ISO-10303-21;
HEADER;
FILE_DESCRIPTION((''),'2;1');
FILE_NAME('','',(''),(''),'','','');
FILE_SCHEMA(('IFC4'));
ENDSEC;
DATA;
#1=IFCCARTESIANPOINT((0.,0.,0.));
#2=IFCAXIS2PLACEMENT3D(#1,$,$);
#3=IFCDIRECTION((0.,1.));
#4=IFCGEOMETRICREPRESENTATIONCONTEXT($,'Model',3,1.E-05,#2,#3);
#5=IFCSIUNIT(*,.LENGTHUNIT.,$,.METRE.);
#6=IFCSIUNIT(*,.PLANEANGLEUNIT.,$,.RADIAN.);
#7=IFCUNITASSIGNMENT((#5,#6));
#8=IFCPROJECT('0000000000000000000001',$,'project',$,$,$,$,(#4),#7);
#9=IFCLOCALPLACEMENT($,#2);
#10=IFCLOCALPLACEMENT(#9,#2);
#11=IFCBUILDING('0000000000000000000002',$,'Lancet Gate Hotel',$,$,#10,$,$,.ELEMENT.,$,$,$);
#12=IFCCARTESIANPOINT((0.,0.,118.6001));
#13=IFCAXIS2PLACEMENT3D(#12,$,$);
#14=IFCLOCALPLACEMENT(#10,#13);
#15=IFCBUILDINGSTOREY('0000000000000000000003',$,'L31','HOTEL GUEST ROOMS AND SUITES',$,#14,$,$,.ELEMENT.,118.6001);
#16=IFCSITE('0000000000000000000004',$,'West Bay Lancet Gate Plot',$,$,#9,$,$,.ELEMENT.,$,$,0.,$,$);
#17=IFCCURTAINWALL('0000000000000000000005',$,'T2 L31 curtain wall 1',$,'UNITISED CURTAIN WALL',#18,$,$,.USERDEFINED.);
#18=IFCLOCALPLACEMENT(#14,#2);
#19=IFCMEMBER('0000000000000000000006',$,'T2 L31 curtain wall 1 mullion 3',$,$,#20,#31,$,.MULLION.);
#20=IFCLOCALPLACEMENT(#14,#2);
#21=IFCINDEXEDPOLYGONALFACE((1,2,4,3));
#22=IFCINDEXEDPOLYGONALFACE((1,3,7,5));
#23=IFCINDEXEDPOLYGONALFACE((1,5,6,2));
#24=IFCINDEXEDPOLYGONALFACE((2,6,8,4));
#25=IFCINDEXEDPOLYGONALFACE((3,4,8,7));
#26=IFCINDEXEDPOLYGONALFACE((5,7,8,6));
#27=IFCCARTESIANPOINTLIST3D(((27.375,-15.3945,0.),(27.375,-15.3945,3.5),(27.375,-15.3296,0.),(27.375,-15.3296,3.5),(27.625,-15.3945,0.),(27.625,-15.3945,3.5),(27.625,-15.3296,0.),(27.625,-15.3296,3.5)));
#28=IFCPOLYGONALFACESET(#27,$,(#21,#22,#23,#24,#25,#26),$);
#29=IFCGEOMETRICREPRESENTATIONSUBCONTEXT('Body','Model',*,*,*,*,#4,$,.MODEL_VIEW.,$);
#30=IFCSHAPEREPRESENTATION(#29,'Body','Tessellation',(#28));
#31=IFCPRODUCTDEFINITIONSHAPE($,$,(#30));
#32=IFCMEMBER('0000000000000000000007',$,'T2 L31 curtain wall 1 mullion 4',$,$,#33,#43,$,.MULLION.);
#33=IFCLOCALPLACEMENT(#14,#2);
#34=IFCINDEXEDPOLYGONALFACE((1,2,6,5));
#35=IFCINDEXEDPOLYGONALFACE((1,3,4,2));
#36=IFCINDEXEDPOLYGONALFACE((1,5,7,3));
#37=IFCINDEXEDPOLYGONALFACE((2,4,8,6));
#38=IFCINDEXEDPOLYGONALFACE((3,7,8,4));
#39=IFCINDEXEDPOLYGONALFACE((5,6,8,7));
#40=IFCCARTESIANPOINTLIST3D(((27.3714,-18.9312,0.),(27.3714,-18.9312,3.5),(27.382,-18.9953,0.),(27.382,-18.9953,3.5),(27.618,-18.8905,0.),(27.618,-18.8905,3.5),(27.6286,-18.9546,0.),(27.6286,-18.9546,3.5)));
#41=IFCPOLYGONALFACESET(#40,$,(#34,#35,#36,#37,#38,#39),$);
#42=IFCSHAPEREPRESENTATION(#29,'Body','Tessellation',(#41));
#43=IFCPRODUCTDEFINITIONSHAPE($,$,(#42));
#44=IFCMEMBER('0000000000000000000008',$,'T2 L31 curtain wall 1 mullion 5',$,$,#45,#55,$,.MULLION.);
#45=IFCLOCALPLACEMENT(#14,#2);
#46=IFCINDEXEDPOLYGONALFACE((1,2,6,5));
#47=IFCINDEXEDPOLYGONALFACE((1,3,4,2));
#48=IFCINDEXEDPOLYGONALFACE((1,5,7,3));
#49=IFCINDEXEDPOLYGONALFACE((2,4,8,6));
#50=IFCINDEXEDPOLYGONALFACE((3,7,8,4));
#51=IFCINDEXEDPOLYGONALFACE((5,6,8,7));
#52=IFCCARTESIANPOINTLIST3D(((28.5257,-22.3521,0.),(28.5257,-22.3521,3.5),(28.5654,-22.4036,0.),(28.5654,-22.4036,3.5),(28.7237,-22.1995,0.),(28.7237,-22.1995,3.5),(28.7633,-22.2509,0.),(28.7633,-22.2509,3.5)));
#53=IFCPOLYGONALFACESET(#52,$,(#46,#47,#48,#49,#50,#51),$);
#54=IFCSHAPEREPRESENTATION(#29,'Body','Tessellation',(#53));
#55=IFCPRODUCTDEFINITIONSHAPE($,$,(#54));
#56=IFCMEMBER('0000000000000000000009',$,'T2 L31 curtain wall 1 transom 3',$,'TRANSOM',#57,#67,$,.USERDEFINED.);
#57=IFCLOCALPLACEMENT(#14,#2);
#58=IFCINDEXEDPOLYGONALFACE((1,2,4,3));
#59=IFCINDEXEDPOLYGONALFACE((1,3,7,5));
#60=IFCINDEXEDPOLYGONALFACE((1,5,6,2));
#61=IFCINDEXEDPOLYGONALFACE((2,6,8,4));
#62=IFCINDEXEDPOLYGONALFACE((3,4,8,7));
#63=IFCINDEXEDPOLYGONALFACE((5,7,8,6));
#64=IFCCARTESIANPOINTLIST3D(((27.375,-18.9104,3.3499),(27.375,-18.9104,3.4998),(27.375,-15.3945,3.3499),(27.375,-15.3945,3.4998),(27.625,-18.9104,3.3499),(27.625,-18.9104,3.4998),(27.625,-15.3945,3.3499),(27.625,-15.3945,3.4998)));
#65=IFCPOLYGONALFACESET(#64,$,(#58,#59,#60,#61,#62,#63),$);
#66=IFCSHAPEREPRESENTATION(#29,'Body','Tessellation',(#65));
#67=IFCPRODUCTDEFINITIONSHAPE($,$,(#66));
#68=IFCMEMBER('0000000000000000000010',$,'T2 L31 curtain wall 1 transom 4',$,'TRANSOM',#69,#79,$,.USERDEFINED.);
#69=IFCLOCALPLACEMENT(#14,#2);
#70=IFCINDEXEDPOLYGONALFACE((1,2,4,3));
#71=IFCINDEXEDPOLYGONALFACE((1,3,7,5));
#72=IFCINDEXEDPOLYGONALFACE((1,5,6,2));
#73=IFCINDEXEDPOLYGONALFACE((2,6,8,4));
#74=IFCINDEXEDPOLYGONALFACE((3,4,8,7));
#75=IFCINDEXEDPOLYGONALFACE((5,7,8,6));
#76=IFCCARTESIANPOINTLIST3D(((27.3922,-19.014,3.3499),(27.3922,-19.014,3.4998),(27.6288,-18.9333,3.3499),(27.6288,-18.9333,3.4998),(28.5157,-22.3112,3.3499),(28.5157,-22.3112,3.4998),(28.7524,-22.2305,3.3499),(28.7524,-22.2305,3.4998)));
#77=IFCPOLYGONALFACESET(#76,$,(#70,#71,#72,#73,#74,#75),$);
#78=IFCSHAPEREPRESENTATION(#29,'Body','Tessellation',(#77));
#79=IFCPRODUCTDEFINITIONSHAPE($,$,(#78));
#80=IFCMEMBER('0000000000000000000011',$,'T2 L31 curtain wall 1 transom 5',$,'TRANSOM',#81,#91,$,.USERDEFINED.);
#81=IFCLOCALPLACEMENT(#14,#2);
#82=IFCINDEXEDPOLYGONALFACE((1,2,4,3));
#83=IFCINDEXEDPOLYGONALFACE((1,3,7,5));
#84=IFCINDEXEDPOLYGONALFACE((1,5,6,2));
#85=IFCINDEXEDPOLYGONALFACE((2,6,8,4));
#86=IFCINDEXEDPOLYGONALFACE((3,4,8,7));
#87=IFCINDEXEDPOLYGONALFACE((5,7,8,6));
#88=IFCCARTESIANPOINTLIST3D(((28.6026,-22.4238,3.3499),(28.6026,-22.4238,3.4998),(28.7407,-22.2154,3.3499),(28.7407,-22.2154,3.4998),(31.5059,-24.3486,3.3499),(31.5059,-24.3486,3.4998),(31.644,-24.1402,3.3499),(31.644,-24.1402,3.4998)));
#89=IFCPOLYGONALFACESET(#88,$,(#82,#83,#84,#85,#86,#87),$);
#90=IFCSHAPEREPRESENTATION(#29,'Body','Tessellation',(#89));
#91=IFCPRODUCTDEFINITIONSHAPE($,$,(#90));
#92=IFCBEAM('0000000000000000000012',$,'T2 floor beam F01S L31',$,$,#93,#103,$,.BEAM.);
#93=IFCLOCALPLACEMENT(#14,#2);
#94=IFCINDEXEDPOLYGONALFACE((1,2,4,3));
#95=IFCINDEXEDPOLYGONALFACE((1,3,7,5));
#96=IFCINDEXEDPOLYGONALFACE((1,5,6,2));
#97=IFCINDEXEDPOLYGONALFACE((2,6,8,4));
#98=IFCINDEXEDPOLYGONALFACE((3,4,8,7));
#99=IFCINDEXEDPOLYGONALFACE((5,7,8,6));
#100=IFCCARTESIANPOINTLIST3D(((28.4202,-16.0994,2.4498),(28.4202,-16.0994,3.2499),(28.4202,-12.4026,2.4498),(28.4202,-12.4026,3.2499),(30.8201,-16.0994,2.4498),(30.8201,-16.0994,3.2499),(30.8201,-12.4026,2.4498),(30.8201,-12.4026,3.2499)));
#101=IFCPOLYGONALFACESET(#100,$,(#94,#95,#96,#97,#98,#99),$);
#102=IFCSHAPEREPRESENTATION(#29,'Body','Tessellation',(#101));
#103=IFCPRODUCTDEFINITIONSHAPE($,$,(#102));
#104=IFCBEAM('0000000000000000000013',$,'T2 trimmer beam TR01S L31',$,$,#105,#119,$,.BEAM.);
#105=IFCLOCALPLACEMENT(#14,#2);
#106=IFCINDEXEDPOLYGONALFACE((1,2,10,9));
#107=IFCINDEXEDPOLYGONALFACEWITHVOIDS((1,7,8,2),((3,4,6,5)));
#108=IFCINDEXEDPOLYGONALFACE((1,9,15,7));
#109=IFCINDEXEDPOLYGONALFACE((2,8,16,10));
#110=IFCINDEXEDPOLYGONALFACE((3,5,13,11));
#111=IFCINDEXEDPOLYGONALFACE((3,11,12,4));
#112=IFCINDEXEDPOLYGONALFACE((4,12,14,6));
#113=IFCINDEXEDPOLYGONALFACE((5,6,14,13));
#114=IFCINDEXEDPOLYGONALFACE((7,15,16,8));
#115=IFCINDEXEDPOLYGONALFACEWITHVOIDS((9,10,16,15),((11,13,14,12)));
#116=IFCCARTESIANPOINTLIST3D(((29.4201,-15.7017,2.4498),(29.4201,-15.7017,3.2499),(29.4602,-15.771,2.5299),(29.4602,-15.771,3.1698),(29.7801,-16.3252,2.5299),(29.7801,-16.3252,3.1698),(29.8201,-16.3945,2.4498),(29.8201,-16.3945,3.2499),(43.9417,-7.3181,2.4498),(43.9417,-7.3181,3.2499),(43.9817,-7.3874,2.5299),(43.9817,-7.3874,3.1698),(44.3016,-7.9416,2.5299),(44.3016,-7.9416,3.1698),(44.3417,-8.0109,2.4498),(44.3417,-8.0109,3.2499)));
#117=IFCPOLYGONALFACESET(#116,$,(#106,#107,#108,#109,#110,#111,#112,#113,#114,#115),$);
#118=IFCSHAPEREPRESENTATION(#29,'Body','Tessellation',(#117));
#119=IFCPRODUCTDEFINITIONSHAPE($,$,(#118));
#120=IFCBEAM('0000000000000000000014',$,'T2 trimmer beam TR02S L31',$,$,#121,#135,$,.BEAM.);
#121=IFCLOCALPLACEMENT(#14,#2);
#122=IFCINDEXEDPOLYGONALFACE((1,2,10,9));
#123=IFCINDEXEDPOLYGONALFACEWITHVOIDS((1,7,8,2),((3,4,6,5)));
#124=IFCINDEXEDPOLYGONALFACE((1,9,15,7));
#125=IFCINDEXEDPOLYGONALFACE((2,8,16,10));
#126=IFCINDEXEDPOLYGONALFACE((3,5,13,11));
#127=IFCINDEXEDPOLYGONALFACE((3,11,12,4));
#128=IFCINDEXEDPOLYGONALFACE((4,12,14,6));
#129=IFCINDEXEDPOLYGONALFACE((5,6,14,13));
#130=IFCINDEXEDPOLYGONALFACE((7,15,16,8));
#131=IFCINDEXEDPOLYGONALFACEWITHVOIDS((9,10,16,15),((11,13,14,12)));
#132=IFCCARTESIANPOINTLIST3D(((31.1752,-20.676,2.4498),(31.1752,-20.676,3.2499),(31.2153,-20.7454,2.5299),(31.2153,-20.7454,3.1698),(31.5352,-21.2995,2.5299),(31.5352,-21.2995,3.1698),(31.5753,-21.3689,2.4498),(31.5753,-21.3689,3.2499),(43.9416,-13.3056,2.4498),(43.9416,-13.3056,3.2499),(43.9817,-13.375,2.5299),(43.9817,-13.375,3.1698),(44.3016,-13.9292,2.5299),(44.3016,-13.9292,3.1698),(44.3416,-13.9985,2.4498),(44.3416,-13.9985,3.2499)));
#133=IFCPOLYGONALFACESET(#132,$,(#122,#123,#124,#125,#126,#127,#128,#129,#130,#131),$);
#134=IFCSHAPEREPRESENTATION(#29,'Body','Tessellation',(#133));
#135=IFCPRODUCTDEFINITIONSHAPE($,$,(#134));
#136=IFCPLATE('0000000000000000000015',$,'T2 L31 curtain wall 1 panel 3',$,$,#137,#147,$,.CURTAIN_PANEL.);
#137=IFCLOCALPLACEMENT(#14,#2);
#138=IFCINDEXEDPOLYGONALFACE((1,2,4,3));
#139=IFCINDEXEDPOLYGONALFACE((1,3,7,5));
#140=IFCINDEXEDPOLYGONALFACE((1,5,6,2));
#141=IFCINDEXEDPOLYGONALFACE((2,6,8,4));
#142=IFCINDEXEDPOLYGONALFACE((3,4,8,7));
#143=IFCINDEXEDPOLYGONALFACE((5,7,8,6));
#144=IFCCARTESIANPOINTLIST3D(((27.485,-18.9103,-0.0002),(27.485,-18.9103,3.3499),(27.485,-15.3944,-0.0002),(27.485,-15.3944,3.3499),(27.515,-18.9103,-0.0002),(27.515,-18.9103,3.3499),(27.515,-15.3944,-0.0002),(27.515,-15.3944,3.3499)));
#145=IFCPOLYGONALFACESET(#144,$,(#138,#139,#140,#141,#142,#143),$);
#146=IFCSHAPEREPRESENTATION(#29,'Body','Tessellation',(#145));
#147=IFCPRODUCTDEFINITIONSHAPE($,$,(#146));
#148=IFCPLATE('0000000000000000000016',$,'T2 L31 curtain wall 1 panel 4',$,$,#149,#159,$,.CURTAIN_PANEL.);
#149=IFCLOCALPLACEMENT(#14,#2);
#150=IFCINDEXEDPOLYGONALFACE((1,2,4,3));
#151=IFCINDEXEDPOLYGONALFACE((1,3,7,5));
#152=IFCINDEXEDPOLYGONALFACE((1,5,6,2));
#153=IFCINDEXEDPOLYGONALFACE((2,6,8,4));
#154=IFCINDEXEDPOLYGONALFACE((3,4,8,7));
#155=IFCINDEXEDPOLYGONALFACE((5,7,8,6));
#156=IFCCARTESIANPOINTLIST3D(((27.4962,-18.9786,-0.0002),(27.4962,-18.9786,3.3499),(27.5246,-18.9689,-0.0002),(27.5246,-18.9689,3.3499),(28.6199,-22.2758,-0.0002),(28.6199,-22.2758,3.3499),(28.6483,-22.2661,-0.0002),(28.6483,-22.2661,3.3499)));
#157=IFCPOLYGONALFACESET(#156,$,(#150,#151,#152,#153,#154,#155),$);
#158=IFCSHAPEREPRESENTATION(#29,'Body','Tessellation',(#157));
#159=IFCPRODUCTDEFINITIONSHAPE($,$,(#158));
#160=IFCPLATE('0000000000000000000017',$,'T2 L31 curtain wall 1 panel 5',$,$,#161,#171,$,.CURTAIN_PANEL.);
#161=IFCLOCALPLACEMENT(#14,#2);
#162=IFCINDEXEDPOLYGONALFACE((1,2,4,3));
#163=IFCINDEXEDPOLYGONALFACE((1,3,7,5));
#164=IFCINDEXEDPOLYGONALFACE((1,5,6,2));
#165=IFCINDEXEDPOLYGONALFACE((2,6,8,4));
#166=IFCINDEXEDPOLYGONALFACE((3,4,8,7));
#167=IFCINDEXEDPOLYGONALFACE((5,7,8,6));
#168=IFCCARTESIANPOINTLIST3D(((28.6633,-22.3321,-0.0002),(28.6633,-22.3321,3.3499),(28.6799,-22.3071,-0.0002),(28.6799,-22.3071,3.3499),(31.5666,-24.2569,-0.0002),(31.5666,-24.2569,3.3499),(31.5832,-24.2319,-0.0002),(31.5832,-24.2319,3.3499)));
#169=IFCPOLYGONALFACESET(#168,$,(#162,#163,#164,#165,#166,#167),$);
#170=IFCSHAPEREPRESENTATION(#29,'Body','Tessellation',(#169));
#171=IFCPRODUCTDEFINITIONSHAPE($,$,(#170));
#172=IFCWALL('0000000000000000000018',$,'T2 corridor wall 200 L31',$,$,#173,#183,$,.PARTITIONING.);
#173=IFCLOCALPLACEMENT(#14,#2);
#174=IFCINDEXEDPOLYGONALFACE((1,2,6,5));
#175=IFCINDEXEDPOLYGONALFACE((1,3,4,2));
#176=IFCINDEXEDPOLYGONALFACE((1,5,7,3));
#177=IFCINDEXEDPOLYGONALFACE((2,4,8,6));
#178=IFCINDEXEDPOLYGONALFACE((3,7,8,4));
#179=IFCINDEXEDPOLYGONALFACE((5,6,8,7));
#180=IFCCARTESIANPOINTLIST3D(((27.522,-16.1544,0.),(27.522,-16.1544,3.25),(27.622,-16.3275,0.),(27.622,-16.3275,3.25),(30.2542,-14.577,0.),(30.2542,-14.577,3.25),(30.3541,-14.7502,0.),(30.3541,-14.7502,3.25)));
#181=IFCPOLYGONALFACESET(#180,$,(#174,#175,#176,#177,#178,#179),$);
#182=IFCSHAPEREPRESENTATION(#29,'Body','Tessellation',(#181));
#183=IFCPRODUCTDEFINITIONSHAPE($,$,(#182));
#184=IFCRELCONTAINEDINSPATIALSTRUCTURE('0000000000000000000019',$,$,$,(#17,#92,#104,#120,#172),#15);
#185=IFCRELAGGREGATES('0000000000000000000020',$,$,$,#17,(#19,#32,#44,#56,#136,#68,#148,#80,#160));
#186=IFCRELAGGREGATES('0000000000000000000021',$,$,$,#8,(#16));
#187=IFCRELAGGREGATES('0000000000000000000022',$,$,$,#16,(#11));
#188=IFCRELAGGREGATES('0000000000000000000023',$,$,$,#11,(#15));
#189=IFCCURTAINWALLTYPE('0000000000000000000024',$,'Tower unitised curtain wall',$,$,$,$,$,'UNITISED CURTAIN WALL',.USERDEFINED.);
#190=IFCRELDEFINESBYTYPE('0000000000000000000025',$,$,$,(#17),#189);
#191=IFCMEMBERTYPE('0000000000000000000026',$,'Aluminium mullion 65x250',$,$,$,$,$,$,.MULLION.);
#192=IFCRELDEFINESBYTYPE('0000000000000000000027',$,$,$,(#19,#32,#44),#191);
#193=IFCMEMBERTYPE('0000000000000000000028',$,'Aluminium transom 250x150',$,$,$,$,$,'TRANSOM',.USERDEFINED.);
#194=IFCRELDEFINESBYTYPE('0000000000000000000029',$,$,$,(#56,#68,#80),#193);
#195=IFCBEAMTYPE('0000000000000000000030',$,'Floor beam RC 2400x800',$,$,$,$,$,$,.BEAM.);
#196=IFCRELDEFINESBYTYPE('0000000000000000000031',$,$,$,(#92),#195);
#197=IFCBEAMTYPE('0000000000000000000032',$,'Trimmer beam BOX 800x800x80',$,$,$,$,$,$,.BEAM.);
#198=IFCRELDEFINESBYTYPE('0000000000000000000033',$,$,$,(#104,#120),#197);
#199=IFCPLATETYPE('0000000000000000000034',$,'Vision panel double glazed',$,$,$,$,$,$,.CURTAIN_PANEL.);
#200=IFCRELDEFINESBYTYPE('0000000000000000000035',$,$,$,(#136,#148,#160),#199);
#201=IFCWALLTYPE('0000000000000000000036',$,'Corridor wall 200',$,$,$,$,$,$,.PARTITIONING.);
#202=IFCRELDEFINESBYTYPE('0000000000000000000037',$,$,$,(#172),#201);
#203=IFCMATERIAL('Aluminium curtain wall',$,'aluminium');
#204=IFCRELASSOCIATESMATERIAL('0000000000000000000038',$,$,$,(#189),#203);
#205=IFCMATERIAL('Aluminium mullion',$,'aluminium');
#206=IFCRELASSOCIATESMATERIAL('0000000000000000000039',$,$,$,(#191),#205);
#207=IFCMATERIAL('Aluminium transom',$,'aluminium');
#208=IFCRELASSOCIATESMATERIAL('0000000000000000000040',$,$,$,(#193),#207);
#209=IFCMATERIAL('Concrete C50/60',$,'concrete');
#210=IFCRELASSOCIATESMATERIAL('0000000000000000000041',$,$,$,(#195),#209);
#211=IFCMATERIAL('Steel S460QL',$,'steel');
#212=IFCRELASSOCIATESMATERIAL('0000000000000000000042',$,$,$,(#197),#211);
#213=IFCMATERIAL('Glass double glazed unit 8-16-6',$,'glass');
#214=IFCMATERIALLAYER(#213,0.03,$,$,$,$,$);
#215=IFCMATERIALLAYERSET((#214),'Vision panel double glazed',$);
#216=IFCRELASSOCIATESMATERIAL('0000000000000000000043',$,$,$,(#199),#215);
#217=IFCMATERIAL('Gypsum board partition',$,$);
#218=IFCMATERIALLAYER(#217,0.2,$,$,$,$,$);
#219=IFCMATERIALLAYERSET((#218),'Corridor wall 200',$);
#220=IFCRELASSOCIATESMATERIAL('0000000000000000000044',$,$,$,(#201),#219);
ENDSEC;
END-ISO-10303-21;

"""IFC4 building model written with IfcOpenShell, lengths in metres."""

from ifc_helpers import new_model, si_unit, direction, frame, frame_2d, origin, origin_2d, place, context, subcontext, project, spatial, rectangle, hollow_rectangle, extrude, material, layer, layer_set, material_profile, profile_set, type_object, element, aggregate, save


model = new_model("IFC4")

# Units and contexts
model_context = context("Model", 3, precision=1e-05, world=origin(), true_north=direction((0.0, 1.0)))
body_context = subcontext(model_context, "Body", "Model", "MODEL_VIEW")
ifc_project = project(units=[si_unit("LENGTHUNIT", "METRE"), si_unit("PLANEANGLEUNIT", "RADIAN")], contexts=[model_context])

# Site, building, storey
site_placement = place(None, origin())
site = spatial("IfcSite", under=ifc_project, at=site_placement, Name="West Bay Lancet Gate Plot", CompositionType="ELEMENT", RefElevation=0.0)
building_placement = place(site_placement, origin())
building = spatial("IfcBuilding", under=site, at=building_placement, Name="Lancet Gate Hotel", CompositionType="ELEMENT")
storey_placement = place(building_placement, frame((0.0, 0.0, 118.6001)))
storey = spatial("IfcBuildingStorey", under=building, at=storey_placement, Name="L31", Description="HOTEL GUEST ROOMS AND SUITES", CompositionType="ELEMENT", Elevation=118.6001)

# Curtain wall, members
ifc_material_1 = material(Name="Aluminium curtain wall", Category="aluminium")
curtain_wall_type = type_object("IfcCurtainWallType", Name="Tower unitised curtain wall", ElementType="UNITISED CURTAIN WALL", PredefinedType="USERDEFINED", material=ifc_material_1)
curtain_wall_placement = place(storey_placement, origin())
curtain_wall = element("IfcCurtainWall", 1, at=curtain_wall_placement, inside=storey, type_object=curtain_wall_type, Name="T2 L31 curtain wall 1", ObjectType="UNITISED CURTAIN WALL", PredefinedType="USERDEFINED")
ifc_material_2 = material(Name="Aluminium mullion", Category="aluminium")
ifc_material_profile_1 = material_profile(ifc_material_2, rectangle(XDim=0.0649, YDim=0.25, at=origin_2d()), Name="MULLION 65x250")
ifc_profile_set_1 = profile_set([ifc_material_profile_1], Name="Aluminium mullion")
member_type_1 = type_object("IfcMemberType", Name="Aluminium mullion 65x250", PredefinedType="MULLION", material=ifc_profile_set_1)
member_1_placement = place(storey_placement, frame((27.5, -15.3621, 0.0), z_axis=(0.0, 0.0, 1.0), x_axis=(0.0, -1.0, 0.0)))
member_1 = element("IfcMember", 2, at=member_1_placement, type_object=member_type_1, Name="T2 L31 curtain wall 1 mullion 3", PredefinedType="MULLION", context=body_context, shape_type="SweptSolid", body=[
    extrude(rectangle(XDim=0.0649, YDim=0.25, at=origin_2d()), origin(), (0.0, 0.0, 1.0), 3.5),
])
member_2_placement = place(storey_placement, frame((27.5, -18.9429, 0.0), z_axis=(0.0, 0.0, 1.0), x_axis=(0.162739, -0.986669, 0.0)))
member_2 = element("IfcMember", 3, at=member_2_placement, type_object=member_type_1, Name="T2 L31 curtain wall 1 mullion 4", PredefinedType="MULLION", context=body_context, shape_type="SweptSolid", body=[
    extrude(rectangle(XDim=0.0649, YDim=0.25, at=origin_2d()), origin(), (0.0, 0.0, 1.0), 3.5),
])
member_3_placement = place(storey_placement, frame((28.6445, -22.3015, 0.0), z_axis=(0.0, 0.0, 1.0), x_axis=(0.610664, -0.79189, 0.0)))
member_3 = element("IfcMember", 4, at=member_3_placement, type_object=member_type_1, Name="T2 L31 curtain wall 1 mullion 5", PredefinedType="MULLION", context=body_context, shape_type="SweptSolid", body=[
    extrude(rectangle(XDim=0.0649, YDim=0.25, at=origin_2d()), origin(), (0.0, 0.0, 1.0), 3.5),
])
ifc_material_3 = material(Name="Aluminium transom", Category="aluminium")
ifc_material_profile_2 = material_profile(ifc_material_3, rectangle(XDim=0.25, YDim=0.1499, at=origin_2d()), Name="TRANSOM 250x150")
ifc_profile_set_2 = profile_set([ifc_material_profile_2], Name="Aluminium transom")
member_type_2 = type_object("IfcMemberType", Name="Aluminium transom 250x150", ElementType="TRANSOM", PredefinedType="USERDEFINED", material=ifc_profile_set_2)
member_4_placement = place(storey_placement, frame((27.5, -15.3945, 3.4248), z_axis=(0.0, -1.0, 0.0), x_axis=(1.0, 0.0, 0.0)))
member_4 = element("IfcMember", 5, at=member_4_placement, type_object=member_type_2, Name="T2 L31 curtain wall 1 transom 3", ObjectType="TRANSOM", PredefinedType="USERDEFINED", context=body_context, shape_type="SweptSolid", body=[
    extrude(rectangle(XDim=0.25, YDim=0.1499, at=origin_2d()), origin(), (0.0, 0.0, 1.0), 3.5159),
])
member_5_placement = place(storey_placement, frame((27.5105, -18.9736, 3.4248), z_axis=(0.32255, -0.946553, 0.0), x_axis=(0.946553, 0.32255, 0.0)))
member_5 = element("IfcMember", 6, at=member_5_placement, type_object=member_type_2, Name="T2 L31 curtain wall 1 transom 4", ObjectType="TRANSOM", PredefinedType="USERDEFINED", context=body_context, shape_type="SweptSolid", body=[
    extrude(rectangle(XDim=0.25, YDim=0.1499, at=origin_2d()), origin(), (0.0, 0.0, 1.0), 3.4834),
])
member_6_placement = place(storey_placement, frame((28.6716, -22.3196, 3.4248), z_axis=(0.833471, -0.552563, 0.0), x_axis=(0.552563, 0.833471, 0.0)))
member_6 = element("IfcMember", 7, at=member_6_placement, type_object=member_type_2, Name="T2 L31 curtain wall 1 transom 5", ObjectType="TRANSOM", PredefinedType="USERDEFINED", context=body_context, shape_type="SweptSolid", body=[
    extrude(rectangle(XDim=0.25, YDim=0.1499, at=origin_2d()), origin(), (0.0, 0.0, 1.0), 3.4834),
])

# Beams
ifc_material_4 = material(Name="Concrete C50/60", Category="concrete")
ifc_material_profile_3 = material_profile(ifc_material_4, rectangle(XDim=2.3999, YDim=0.8, at=origin_2d()), Name="RC 2400x800")
ifc_profile_set_3 = profile_set([ifc_material_profile_3], Name="Concrete C50/60")
beam_type_1 = type_object("IfcBeamType", Name="Floor beam RC 2400x800", PredefinedType="BEAM", material=ifc_profile_set_3)
beam_1_placement = place(storey_placement, frame((29.6201, -16.0994, 2.8499), z_axis=(0.0, 1.0, 0.0), x_axis=(-1.0, 0.0, 0.0)))
element("IfcBeam", 8, at=beam_1_placement, inside=storey, type_object=beam_type_1, Name="T2 floor beam F01S L31", PredefinedType="BEAM", context=body_context, shape_type="SweptSolid", body=[
    extrude(rectangle(XDim=2.3999, YDim=0.8, at=origin_2d()), origin(), (0.0, 0.0, 1.0), 3.6968),
])
ifc_material_5 = material(Name="Steel S460QL", Category="steel")
ifc_material_profile_4 = material_profile(ifc_material_5, hollow_rectangle(XDim=0.8, YDim=0.8, WallThickness=0.0801, at=origin_2d()), Name="BOX 800x800x80")
ifc_profile_set_4 = profile_set([ifc_material_profile_4], Name="Steel S460QL")
beam_type_2 = type_object("IfcBeamType", Name="Trimmer beam BOX 800x800x80", PredefinedType="BEAM", material=ifc_profile_set_4)
beam_2_placement = place(storey_placement, frame((29.6201, -16.0481, 2.8499), z_axis=(0.866037, 0.49998, 0.0), x_axis=(-0.49998, 0.866037, 0.0)))
element("IfcBeam", 9, at=beam_2_placement, inside=storey, type_object=beam_type_2, Name="T2 trimmer beam TR01S L31", PredefinedType="BEAM", context=body_context, shape_type="SweptSolid", body=[
    extrude(hollow_rectangle(XDim=0.8, YDim=0.8, WallThickness=0.0801, at=origin_2d()), origin(), (0.0, 0.0, 1.0), 16.7678),
])
beam_3_placement = place(storey_placement, frame((31.3752, -21.0225, 2.8499), z_axis=(0.866034, 0.499985, 0.0), x_axis=(-0.499985, 0.866034, 0.0)))
element("IfcBeam", 10, at=beam_3_placement, inside=storey, type_object=beam_type_2, Name="T2 trimmer beam TR02S L31", PredefinedType="BEAM", context=body_context, shape_type="SweptSolid", body=[
    extrude(hollow_rectangle(XDim=0.8, YDim=0.8, WallThickness=0.0801, at=origin_2d()), origin(), (0.0, 0.0, 1.0), 14.7412),
])

# Plates
ifc_material_6 = material(Name="Glass double glazed unit 8-16-6", Category="glass")
ifc_layer_1 = layer(ifc_material_6, 0.03)
ifc_layer_set_1 = layer_set([ifc_layer_1], Name="Vision panel double glazed")
plate_type = type_object("IfcPlateType", Name="Vision panel double glazed", PredefinedType="CURTAIN_PANEL", material=ifc_layer_set_1)
plate_1_placement = place(storey_placement, frame((27.5, -17.1523, -0.0002), z_axis=(0.0, 0.0, 1.0), x_axis=(0.0, -1.0, 0.0)))
plate_1 = element("IfcPlate", 11, at=plate_1_placement, type_object=plate_type, Name="T2 L31 curtain wall 1 panel 3", PredefinedType="CURTAIN_PANEL", context=body_context, shape_type="SweptSolid", body=[
    extrude(rectangle(XDim=3.5159, YDim=0.03, at=origin_2d()), origin(), (0.0, 0.0, 1.0), 3.3501),
])
plate_2_placement = place(storey_placement, frame((28.0723, -20.6223, -0.0002), z_axis=(0.0, 0.0, 1.0), x_axis=(0.322576, -0.946544, 0.0)))
plate_2 = element("IfcPlate", 12, at=plate_2_placement, type_object=plate_type, Name="T2 L31 curtain wall 1 panel 4", PredefinedType="CURTAIN_PANEL", context=body_context, shape_type="SweptSolid", body=[
    extrude(rectangle(XDim=3.4834, YDim=0.03, at=origin_2d()), origin(), (0.0, 0.0, 1.0), 3.3501),
])
plate_3_placement = place(storey_placement, frame((30.1233, -23.282, -0.0002), z_axis=(0.0, 0.0, 1.0), x_axis=(0.833465, -0.552573, 0.0)))
plate_3 = element("IfcPlate", 13, at=plate_3_placement, type_object=plate_type, Name="T2 L31 curtain wall 1 panel 5", PredefinedType="CURTAIN_PANEL", context=body_context, shape_type="SweptSolid", body=[
    extrude(rectangle(XDim=3.4834, YDim=0.03, at=origin_2d()), origin(), (0.0, 0.0, 1.0), 3.3501),
])
aggregate(curtain_wall, [member_1, member_2, member_3, member_4, plate_1, member_5, plate_2, member_6, plate_3])

# Wall
ifc_material_7 = material(Name="Gypsum board partition")
ifc_layer_2 = layer(ifc_material_7, 0.2)
ifc_layer_set_2 = layer_set([ifc_layer_2], Name="Corridor wall 200")
wall_type_1 = type_object("IfcWallType", Name="Corridor wall 200", PredefinedType="PARTITIONING", material=ifc_layer_set_2)
wall_1_placement = place(storey_placement, frame((27.572, -16.241, 0.0), z_axis=(0.0, 0.0, 1.0), x_axis=(0.86603, 0.499993, 0.0)))
element("IfcWall", 14, at=wall_1_placement, inside=storey, type_object=wall_type_1, Name="T2 corridor wall 200 L31", PredefinedType="PARTITIONING", context=body_context, shape_type="SweptSolid", body=[
    extrude(rectangle(XDim=3.1548, YDim=0.2, at=frame_2d((1.5774, 0.0))), origin(), (0.0, 0.0, 1.0), 3.25),
])

save(model, "model.ifc")
